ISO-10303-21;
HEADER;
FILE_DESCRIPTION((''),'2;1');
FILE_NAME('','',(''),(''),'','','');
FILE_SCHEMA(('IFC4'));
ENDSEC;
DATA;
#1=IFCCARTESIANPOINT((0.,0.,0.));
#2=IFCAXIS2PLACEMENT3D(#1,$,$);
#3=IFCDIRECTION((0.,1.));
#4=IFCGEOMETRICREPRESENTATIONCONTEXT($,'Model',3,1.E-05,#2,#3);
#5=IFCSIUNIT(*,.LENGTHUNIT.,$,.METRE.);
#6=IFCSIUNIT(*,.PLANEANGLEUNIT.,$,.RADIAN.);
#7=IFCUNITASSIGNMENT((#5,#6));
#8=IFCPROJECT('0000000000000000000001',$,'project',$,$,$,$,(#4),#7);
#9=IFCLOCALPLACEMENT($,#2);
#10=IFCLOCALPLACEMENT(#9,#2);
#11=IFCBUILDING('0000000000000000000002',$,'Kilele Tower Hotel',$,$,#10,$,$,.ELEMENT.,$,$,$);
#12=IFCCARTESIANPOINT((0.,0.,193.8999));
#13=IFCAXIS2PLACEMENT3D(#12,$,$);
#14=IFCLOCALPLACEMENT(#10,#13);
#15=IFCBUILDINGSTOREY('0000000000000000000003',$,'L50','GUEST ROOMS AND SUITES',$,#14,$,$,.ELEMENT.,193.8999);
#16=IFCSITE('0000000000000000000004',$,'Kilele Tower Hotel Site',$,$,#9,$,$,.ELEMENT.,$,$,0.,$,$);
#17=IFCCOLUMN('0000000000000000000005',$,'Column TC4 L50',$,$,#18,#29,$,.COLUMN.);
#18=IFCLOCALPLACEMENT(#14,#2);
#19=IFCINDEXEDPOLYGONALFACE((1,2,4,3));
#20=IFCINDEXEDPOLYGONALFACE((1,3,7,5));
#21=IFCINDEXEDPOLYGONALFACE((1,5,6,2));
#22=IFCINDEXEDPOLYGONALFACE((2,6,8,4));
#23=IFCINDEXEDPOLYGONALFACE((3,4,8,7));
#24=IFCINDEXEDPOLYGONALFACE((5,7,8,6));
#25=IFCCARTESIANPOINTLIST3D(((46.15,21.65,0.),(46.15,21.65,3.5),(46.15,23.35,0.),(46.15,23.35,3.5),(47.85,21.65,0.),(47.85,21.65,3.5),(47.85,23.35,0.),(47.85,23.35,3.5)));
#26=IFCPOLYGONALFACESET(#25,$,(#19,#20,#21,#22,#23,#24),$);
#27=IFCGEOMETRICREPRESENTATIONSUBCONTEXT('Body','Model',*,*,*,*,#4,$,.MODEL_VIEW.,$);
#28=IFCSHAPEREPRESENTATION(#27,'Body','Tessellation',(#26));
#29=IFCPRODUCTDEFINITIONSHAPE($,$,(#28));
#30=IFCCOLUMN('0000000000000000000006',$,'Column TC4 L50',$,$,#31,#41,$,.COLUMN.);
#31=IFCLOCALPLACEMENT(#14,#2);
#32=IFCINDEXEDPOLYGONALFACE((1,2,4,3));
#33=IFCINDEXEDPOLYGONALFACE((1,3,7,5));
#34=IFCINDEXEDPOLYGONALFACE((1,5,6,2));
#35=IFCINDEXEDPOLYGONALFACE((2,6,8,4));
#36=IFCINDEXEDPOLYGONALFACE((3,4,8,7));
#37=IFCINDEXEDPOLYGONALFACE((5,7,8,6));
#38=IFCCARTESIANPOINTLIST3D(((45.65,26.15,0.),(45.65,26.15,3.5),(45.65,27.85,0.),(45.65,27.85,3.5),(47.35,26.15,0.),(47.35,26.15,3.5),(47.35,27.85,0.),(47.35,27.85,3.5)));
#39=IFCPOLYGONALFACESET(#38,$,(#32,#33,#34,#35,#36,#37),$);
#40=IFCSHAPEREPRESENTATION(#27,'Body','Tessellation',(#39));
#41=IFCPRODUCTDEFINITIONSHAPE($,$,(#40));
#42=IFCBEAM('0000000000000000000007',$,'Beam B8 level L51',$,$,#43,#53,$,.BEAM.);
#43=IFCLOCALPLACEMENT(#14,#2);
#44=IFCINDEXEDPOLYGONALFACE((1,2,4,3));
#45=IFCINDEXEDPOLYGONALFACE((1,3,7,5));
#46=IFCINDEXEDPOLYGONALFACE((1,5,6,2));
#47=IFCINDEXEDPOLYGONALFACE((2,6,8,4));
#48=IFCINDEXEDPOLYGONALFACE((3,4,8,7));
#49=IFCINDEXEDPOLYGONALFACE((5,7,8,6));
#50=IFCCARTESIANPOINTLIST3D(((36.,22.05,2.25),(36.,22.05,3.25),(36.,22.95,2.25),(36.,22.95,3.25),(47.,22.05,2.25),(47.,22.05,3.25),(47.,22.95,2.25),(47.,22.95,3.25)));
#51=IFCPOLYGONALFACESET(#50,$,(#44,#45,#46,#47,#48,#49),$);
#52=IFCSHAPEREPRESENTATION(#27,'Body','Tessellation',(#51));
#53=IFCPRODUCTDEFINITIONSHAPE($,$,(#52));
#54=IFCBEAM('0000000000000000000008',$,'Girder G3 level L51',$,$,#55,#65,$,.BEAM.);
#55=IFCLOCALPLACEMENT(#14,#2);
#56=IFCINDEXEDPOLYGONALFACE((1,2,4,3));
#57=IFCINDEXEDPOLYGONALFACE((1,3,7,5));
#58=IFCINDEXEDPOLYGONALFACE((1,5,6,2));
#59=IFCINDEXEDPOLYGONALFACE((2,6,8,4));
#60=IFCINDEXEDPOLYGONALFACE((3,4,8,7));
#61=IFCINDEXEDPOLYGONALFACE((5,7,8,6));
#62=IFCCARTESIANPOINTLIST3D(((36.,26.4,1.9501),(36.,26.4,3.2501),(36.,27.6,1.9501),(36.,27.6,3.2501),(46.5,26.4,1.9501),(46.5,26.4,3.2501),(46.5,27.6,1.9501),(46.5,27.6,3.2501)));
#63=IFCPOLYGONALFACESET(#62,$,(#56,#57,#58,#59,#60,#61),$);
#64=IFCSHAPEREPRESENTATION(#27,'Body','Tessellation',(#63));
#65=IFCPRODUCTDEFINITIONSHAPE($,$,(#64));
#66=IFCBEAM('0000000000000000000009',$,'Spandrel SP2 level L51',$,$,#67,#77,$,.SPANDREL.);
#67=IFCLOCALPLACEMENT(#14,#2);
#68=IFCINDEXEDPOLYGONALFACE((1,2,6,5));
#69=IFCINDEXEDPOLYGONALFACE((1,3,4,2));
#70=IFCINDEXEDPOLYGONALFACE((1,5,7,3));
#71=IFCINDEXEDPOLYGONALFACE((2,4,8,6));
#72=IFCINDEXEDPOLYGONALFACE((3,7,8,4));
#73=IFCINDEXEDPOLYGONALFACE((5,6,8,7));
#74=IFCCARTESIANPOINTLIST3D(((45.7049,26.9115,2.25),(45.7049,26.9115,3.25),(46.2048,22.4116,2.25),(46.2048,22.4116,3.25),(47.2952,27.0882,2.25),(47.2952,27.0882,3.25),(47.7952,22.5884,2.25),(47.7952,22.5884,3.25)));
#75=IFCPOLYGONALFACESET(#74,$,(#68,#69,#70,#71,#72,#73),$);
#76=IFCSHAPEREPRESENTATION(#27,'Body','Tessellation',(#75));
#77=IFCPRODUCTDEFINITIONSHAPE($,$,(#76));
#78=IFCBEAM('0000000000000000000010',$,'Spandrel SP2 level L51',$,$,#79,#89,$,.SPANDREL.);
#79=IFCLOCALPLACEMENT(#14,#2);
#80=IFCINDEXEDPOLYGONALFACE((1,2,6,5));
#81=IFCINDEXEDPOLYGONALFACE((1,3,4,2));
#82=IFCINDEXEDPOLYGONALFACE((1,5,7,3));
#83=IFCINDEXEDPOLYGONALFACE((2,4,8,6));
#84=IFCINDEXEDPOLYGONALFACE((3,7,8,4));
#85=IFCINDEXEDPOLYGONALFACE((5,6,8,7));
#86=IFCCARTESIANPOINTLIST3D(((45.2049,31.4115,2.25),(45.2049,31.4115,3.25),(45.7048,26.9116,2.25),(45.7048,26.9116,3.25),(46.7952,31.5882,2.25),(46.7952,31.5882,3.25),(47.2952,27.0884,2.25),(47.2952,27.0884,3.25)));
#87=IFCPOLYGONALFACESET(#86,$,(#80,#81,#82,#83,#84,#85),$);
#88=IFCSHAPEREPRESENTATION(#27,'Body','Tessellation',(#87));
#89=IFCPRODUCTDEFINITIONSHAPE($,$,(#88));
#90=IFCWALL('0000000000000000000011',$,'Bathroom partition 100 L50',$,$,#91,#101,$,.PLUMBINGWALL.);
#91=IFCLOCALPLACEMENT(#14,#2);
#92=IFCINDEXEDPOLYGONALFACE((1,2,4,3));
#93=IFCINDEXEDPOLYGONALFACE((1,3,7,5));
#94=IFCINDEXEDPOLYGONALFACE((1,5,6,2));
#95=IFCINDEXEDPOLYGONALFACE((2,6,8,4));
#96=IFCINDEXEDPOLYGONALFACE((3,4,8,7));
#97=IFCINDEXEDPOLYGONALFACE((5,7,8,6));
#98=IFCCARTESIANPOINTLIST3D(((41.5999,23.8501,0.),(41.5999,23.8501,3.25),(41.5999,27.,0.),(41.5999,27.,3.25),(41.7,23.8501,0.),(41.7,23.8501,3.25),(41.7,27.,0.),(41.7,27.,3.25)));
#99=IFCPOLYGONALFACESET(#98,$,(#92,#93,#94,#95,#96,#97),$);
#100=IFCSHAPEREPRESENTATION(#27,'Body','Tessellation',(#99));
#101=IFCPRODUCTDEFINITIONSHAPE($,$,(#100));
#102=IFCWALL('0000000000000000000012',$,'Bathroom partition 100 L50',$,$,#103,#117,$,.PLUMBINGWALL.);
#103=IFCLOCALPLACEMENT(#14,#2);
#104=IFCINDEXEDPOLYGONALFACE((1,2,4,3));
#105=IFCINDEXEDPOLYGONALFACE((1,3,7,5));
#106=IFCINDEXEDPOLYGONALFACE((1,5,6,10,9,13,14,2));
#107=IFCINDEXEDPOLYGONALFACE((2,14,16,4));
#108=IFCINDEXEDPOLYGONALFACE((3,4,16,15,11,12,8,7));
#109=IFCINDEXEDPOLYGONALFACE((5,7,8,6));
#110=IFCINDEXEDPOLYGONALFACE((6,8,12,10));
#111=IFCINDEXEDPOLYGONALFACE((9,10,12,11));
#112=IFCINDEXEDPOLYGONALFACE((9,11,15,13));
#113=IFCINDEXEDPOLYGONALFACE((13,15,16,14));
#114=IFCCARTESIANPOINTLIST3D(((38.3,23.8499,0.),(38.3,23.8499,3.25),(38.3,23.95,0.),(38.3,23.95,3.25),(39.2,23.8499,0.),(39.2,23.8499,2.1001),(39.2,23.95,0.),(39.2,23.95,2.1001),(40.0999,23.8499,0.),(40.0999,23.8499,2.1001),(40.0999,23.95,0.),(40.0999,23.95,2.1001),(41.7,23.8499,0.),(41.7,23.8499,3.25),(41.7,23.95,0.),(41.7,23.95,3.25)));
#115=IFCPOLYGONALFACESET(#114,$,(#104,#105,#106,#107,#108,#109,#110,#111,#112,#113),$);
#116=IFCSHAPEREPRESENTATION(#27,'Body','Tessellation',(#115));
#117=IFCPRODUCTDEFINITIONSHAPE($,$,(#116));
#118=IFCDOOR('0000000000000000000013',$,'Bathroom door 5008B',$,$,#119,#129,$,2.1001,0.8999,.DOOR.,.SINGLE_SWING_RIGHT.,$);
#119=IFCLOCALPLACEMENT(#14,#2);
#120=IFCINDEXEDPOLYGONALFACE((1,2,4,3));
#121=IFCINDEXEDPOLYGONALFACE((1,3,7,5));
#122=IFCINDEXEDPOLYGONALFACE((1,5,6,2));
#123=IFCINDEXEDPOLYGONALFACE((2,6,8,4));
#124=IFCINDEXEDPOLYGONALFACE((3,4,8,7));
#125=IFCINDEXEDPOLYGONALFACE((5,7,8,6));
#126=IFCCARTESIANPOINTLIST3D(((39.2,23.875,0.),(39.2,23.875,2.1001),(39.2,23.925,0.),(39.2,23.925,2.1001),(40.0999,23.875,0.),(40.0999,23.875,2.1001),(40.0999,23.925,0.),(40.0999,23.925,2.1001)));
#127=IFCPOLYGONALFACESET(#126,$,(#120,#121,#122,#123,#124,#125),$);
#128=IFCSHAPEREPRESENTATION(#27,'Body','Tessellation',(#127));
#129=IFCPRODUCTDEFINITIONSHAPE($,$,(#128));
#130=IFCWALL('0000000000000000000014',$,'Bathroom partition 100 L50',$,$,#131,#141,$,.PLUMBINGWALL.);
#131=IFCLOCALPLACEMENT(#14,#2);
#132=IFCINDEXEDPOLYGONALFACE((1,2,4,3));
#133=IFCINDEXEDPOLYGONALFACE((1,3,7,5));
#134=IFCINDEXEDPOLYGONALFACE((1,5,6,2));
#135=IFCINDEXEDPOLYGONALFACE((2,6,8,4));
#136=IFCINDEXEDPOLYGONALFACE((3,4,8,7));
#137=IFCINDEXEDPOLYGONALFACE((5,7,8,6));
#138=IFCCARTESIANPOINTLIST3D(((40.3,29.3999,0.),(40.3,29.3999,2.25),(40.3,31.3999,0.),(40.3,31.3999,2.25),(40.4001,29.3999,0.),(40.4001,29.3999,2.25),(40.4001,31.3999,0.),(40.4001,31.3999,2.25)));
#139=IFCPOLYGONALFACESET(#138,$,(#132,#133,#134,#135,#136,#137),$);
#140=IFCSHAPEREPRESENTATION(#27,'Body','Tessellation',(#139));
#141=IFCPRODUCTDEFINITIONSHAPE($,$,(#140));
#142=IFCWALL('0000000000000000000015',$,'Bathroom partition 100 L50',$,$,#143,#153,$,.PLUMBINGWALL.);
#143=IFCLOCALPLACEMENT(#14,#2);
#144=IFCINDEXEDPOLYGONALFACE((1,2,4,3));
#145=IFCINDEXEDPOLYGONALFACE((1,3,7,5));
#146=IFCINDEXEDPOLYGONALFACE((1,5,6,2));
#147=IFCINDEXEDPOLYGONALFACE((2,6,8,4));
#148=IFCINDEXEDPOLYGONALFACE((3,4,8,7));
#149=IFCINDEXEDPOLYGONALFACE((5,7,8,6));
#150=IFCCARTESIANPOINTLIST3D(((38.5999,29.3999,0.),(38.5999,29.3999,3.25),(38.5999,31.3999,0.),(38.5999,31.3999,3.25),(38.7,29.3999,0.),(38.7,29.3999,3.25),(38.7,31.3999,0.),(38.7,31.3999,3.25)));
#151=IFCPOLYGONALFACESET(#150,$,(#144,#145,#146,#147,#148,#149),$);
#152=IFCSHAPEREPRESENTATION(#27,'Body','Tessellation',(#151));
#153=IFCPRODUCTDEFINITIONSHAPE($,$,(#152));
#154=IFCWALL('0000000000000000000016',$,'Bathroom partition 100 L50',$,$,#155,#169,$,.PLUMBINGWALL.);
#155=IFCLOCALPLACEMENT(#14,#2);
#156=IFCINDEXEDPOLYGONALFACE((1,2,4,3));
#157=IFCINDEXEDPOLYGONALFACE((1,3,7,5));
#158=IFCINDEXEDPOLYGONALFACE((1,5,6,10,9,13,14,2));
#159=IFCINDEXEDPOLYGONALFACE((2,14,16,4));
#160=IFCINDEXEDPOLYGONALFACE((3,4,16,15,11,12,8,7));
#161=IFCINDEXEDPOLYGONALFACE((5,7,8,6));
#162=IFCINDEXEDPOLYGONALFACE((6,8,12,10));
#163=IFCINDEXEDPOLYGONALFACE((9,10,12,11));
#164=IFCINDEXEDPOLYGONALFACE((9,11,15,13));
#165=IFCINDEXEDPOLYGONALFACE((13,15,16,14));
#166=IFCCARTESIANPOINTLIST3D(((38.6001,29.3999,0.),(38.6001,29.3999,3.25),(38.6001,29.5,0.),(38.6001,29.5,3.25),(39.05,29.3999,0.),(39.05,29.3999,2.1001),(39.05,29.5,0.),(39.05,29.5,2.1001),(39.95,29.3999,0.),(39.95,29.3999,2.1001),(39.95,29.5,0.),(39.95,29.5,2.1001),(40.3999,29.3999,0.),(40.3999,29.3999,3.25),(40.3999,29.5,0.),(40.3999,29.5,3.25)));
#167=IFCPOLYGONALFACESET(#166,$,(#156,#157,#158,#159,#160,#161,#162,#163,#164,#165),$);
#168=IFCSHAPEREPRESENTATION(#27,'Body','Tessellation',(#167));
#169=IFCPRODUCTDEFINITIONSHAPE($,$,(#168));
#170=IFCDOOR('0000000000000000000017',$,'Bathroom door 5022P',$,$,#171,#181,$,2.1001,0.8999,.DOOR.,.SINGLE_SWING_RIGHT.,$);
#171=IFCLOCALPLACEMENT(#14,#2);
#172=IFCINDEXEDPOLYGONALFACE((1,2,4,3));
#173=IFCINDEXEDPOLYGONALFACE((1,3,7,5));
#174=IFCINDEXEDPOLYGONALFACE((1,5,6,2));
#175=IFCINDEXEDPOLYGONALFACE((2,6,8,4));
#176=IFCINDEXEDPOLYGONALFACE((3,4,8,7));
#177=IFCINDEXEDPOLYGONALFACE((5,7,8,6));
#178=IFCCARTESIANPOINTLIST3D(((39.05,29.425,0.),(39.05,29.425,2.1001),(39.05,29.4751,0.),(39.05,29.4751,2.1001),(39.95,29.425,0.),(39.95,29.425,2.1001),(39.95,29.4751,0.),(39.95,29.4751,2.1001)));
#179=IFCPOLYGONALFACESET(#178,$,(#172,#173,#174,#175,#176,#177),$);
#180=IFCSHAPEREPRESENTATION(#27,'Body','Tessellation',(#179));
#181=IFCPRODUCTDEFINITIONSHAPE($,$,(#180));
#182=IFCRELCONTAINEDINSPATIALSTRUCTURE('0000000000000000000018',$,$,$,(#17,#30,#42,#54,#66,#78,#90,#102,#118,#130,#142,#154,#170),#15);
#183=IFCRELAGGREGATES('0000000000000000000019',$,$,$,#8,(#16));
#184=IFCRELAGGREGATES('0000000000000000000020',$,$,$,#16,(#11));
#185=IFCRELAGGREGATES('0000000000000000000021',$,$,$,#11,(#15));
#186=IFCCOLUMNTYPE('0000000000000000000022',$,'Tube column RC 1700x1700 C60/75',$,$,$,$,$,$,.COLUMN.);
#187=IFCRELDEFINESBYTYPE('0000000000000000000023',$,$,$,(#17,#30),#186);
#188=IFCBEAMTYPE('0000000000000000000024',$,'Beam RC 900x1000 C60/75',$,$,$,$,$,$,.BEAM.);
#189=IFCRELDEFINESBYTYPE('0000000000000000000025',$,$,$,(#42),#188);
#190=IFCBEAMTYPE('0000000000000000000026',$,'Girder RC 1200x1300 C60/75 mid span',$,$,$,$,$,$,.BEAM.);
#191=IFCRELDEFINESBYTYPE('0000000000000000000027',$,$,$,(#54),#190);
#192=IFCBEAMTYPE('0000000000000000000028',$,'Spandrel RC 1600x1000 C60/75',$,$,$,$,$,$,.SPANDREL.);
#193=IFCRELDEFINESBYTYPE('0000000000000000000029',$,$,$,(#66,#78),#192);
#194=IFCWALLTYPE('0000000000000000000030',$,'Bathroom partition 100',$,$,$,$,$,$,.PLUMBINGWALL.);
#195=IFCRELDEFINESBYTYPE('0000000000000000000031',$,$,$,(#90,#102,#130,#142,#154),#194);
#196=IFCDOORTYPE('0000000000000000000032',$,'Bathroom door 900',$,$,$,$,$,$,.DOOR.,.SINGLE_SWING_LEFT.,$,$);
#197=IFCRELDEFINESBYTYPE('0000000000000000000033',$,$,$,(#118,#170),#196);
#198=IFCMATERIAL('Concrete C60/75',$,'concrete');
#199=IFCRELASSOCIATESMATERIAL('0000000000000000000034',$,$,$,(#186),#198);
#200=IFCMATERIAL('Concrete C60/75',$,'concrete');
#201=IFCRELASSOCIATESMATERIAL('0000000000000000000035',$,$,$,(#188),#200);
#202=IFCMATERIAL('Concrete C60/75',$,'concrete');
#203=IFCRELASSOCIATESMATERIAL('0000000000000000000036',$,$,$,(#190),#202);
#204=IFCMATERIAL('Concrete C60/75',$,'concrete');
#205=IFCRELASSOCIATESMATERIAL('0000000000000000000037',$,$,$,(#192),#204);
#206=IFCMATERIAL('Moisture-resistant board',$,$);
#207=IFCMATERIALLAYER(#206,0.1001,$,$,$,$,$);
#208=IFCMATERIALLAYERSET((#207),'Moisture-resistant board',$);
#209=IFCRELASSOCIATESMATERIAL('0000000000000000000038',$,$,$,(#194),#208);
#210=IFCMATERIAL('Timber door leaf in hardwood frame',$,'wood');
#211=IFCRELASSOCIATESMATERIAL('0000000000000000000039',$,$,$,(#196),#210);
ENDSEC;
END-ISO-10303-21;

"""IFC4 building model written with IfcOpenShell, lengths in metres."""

from ifc_helpers import new_model, si_unit, direction, frame, frame_2d, origin, origin_2d, place, context, subcontext, project, spatial, rectangle, extrude, material, layer, layer_set, material_profile, profile_set, type_object, element, fill, save


model = new_model("IFC4")

# Units and contexts
model_context = context("Model", 3, precision=1e-05, world=origin(), true_north=direction((0.0, 1.0)))
body_context = subcontext(model_context, "Body", "Model", "MODEL_VIEW")
ifc_project = project(units=[si_unit("LENGTHUNIT", "METRE"), si_unit("PLANEANGLEUNIT", "RADIAN")], contexts=[model_context])

# Site, building, storey
site_placement = place(None, origin())
site = spatial("IfcSite", under=ifc_project, at=site_placement, Name="Kilele Tower Hotel Site", CompositionType="ELEMENT", RefElevation=0.0)
building_placement = place(site_placement, origin())
building = spatial("IfcBuilding", under=site, at=building_placement, Name="Kilele Tower Hotel", CompositionType="ELEMENT")
storey_placement = place(building_placement, frame((0.0, 0.0, 193.8999)))
storey = spatial("IfcBuildingStorey", under=building, at=storey_placement, Name="L50", Description="GUEST ROOMS AND SUITES", CompositionType="ELEMENT", Elevation=193.8999)

# Columns
ifc_material_1 = material(Name="Concrete C60/75", Category="concrete")
ifc_material_profile_1 = material_profile(ifc_material_1, rectangle(XDim=1.7, YDim=1.7, at=origin_2d()))
ifc_profile_set_1 = profile_set([ifc_material_profile_1], Name="Concrete C60/75")
column_type = type_object("IfcColumnType", Name="Tube column RC 1700x1700 C60/75", PredefinedType="COLUMN", material=ifc_profile_set_1)
for number, where, z_axis, x_axis, name in (
    (1, (47.0, 22.5, 0.0), (0.0, 0.0, 1.0), (1.0, 0.0, 0.0), "Column TC4 L50"),
    (2, (46.5, 27.0, 0.0), (0.0, 0.0, 1.0), (1.0, 0.0, 0.0), "Column TC4 L50"),
):
    element("IfcColumn", number, at=place(storey_placement, frame(where, z_axis=z_axis, x_axis=x_axis)), inside=storey, type_object=column_type, Name=name, PredefinedType="COLUMN", context=body_context, shape_type="SweptSolid", body=[
        extrude(rectangle(XDim=1.7, YDim=1.7, at=origin_2d()), origin(), (0.0, 0.0, 1.0), 3.5),
    ])

# Beams
ifc_material_2 = material(Name="Concrete C60/75", Category="concrete")
ifc_material_profile_2 = material_profile(ifc_material_2, rectangle(XDim=0.8999, YDim=1.0, at=origin_2d()))
ifc_profile_set_2 = profile_set([ifc_material_profile_2], Name="Concrete C60/75")
beam_type_1 = type_object("IfcBeamType", Name="Beam RC 900x1000 C60/75", PredefinedType="BEAM", material=ifc_profile_set_2)
beam_1_placement = place(storey_placement, frame((47.0, 22.5, 2.75), z_axis=(-1.0, 0.0, 0.0), x_axis=(0.0, -1.0, 0.0)))
element("IfcBeam", 3, at=beam_1_placement, inside=storey, type_object=beam_type_1, Name="Beam B8 level L51", PredefinedType="BEAM", context=body_context, shape_type="SweptSolid", body=[
    extrude(rectangle(XDim=0.8999, YDim=1.0, at=origin_2d()), origin(), (0.0, 0.0, 1.0), 11.0),
])
ifc_material_3 = material(Name="Concrete C60/75", Category="concrete")
ifc_material_profile_3 = material_profile(ifc_material_3, rectangle(XDim=1.2, YDim=1.3, at=origin_2d()))
ifc_profile_set_3 = profile_set([ifc_material_profile_3], Name="Concrete C60/75")
beam_type_2 = type_object("IfcBeamType", Name="Girder RC 1200x1300 C60/75 mid span", PredefinedType="BEAM", material=ifc_profile_set_3)
beam_2_placement = place(storey_placement, frame((46.5, 27.0, 2.6001), z_axis=(-1.0, 0.0, 0.0), x_axis=(0.0, -1.0, 0.0)))
element("IfcBeam", 4, at=beam_2_placement, inside=storey, type_object=beam_type_2, Name="Girder G3 level L51", PredefinedType="BEAM", context=body_context, shape_type="SweptSolid", body=[
    extrude(rectangle(XDim=1.2, YDim=1.3, at=origin_2d()), origin(), (0.0, 0.0, 1.0), 10.5),
])
ifc_material_4 = material(Name="Concrete C60/75", Category="concrete")
ifc_material_profile_4 = material_profile(ifc_material_4, rectangle(XDim=1.6001, YDim=1.0, at=origin_2d()))
ifc_profile_set_4 = profile_set([ifc_material_profile_4], Name="Concrete C60/75")
beam_type_3 = type_object("IfcBeamType", Name="Spandrel RC 1600x1000 C60/75", PredefinedType="SPANDREL", material=ifc_profile_set_4)
for number, where, z_axis, x_axis, name in (
    (5, (47.0, 22.5, 2.75), (-0.110432, 0.993884, 0.0), (-0.993884, -0.110432, 0.0), "Spandrel SP2 level L51"),
    (6, (46.5, 27.0, 2.75), (-0.110432, 0.993884, 0.0), (-0.993884, -0.110432, 0.0), "Spandrel SP2 level L51"),
):
    element("IfcBeam", number, at=place(storey_placement, frame(where, z_axis=z_axis, x_axis=x_axis)), inside=storey, type_object=beam_type_3, Name=name, PredefinedType="SPANDREL", context=body_context, shape_type="SweptSolid", body=[
        extrude(rectangle(XDim=1.6001, YDim=1.0, at=origin_2d()), origin(), (0.0, 0.0, 1.0), 4.5276),
    ])

# Wall
ifc_material_5 = material(Name="Moisture-resistant board")
ifc_layer_1 = layer(ifc_material_5, 0.1001)
ifc_layer_set_1 = layer_set([ifc_layer_1], Name="Moisture-resistant board")
wall_type_1 = type_object("IfcWallType", Name="Bathroom partition 100", PredefinedType="PLUMBINGWALL", material=ifc_layer_set_1)
wall_1_placement = place(storey_placement, frame((41.6499, 23.8501, 0.0), z_axis=(0.0, 0.0, 1.0), x_axis=(0.0, 1.0, 0.0)))
element("IfcWall", 7, at=wall_1_placement, inside=storey, type_object=wall_type_1, Name="Bathroom partition 100 L50", PredefinedType="PLUMBINGWALL", context=body_context, shape_type="SweptSolid", body=[
    extrude(rectangle(XDim=3.1499, YDim=0.1001, at=frame_2d((1.575, 0.0))), origin(), (0.0, 0.0, 1.0), 3.25),
])

# Wall, opening, door
wall_2_placement = place(storey_placement, frame((38.3, 23.8999, 0.0), z_axis=(0.0, 0.0, 1.0), x_axis=(1.0, 0.0, 0.0)))
wall_2 = element("IfcWall", 8, at=wall_2_placement, inside=storey, type_object=wall_type_1, Name="Bathroom partition 100 L50", PredefinedType="PLUMBINGWALL", context=body_context, shape_type="SweptSolid", body=[
    extrude(rectangle(XDim=3.3999, YDim=0.1001, at=frame_2d((1.7, 0.0))), origin(), (0.0, 0.0, 1.0), 3.25),
])
opening_1_placement = place(wall_2_placement, frame((1.7998, 0.0, 0.0), z_axis=(0.0, 0.0, 1.0), x_axis=(-1.0, 0.0, 0.0)))
opening_1 = element("IfcOpeningElement", 9, at=opening_1_placement, cuts=wall_2, PredefinedType="OPENING", context=body_context, shape_type="SweptSolid", body=[
    extrude(rectangle(XDim=0.8999, YDim=2.1001, at=frame_2d((0.45, 1.05))), frame((0.0, 0.0601, 0.0), z_axis=(0.0, -1.0, 0.0), x_axis=(1.0, 0.0, 0.0)), (0.0, 0.0, 1.0), 0.1201),
])
ifc_material_6 = material(Name="Timber door leaf in hardwood frame", Category="wood")
door_type_1 = type_object("IfcDoorType", Name="Bathroom door 900", OperationType="SINGLE_SWING_LEFT", PredefinedType="DOOR", material=ifc_material_6)
door_1_placement = place(opening_1_placement, origin())
door_1 = element("IfcDoor", 10, at=door_1_placement, inside=storey, type_object=door_type_1, Name="Bathroom door 5008B", OperationType="SINGLE_SWING_RIGHT", OverallHeight=2.1001, OverallWidth=0.8999, PredefinedType="DOOR", context=body_context, shape_type="SweptSolid", body=[
    extrude(rectangle(XDim=0.8999, YDim=2.1001, at=frame_2d((0.45, 1.05))), frame((0.0, 0.0249, 0.0), z_axis=(0.0, -1.0, 0.0), x_axis=(1.0, 0.0, 0.0)), (0.0, 0.0, 1.0), 0.05),
])
fill(opening_1, door_1)

# Walls
wall_3_placement = place(storey_placement, frame((40.3501, 31.3999, 0.0), z_axis=(0.0, 0.0, 1.0), x_axis=(0.0, -1.0, 0.0)))
element("IfcWall", 11, at=wall_3_placement, inside=storey, type_object=wall_type_1, Name="Bathroom partition 100 L50", PredefinedType="PLUMBINGWALL", context=body_context, shape_type="SweptSolid", body=[
    extrude(rectangle(XDim=2.0, YDim=0.1001, at=frame_2d((1.0, 0.0))), origin(), (0.0, 0.0, 1.0), 2.25),
])
wall_4_placement = place(storey_placement, frame((38.6499, 31.3999, 0.0), z_axis=(0.0, 0.0, 1.0), x_axis=(0.0, -1.0, 0.0)))
element("IfcWall", 12, at=wall_4_placement, inside=storey, type_object=wall_type_1, Name="Bathroom partition 100 L50", PredefinedType="PLUMBINGWALL", context=body_context, shape_type="SweptSolid", body=[
    extrude(rectangle(XDim=2.0, YDim=0.1001, at=frame_2d((1.0, 0.0))), origin(), (0.0, 0.0, 1.0), 3.25),
])

# Wall, opening, door
wall_5_placement = place(storey_placement, frame((38.6001, 29.45, 0.0), z_axis=(0.0, 0.0, 1.0), x_axis=(1.0, 0.0, 0.0)))
wall_5 = element("IfcWall", 13, at=wall_5_placement, inside=storey, type_object=wall_type_1, Name="Bathroom partition 100 L50", PredefinedType="PLUMBINGWALL", context=body_context, shape_type="SweptSolid", body=[
    extrude(rectangle(XDim=1.7998, YDim=0.1001, at=frame_2d((0.8999, 0.0))), origin(), (0.0, 0.0, 1.0), 3.25),
])
opening_2_placement = place(wall_5_placement, frame((1.3499, 0.0, 0.0), z_axis=(0.0, 0.0, 1.0), x_axis=(-1.0, 0.0, 0.0)))
opening_2 = element("IfcOpeningElement", 14, at=opening_2_placement, cuts=wall_5, PredefinedType="OPENING", context=body_context, shape_type="SweptSolid", body=[
    extrude(rectangle(XDim=0.8999, YDim=2.1001, at=frame_2d((0.45, 1.05))), frame((0.0, 0.0601, 0.0), z_axis=(0.0, -1.0, 0.0), x_axis=(1.0, 0.0, 0.0)), (0.0, 0.0, 1.0), 0.1201),
])
door_2_placement = place(opening_2_placement, origin())
door_2 = element("IfcDoor", 15, at=door_2_placement, inside=storey, type_object=door_type_1, Name="Bathroom door 5022P", OperationType="SINGLE_SWING_RIGHT", OverallHeight=2.1001, OverallWidth=0.8999, PredefinedType="DOOR", context=body_context, shape_type="SweptSolid", body=[
    extrude(rectangle(XDim=0.8999, YDim=2.1001, at=frame_2d((0.45, 1.05))), frame((0.0, 0.0249, 0.0), z_axis=(0.0, -1.0, 0.0), x_axis=(1.0, 0.0, 0.0)), (0.0, 0.0, 1.0), 0.05),
])
fill(opening_2, door_2)

save(model, "model.ifc")
